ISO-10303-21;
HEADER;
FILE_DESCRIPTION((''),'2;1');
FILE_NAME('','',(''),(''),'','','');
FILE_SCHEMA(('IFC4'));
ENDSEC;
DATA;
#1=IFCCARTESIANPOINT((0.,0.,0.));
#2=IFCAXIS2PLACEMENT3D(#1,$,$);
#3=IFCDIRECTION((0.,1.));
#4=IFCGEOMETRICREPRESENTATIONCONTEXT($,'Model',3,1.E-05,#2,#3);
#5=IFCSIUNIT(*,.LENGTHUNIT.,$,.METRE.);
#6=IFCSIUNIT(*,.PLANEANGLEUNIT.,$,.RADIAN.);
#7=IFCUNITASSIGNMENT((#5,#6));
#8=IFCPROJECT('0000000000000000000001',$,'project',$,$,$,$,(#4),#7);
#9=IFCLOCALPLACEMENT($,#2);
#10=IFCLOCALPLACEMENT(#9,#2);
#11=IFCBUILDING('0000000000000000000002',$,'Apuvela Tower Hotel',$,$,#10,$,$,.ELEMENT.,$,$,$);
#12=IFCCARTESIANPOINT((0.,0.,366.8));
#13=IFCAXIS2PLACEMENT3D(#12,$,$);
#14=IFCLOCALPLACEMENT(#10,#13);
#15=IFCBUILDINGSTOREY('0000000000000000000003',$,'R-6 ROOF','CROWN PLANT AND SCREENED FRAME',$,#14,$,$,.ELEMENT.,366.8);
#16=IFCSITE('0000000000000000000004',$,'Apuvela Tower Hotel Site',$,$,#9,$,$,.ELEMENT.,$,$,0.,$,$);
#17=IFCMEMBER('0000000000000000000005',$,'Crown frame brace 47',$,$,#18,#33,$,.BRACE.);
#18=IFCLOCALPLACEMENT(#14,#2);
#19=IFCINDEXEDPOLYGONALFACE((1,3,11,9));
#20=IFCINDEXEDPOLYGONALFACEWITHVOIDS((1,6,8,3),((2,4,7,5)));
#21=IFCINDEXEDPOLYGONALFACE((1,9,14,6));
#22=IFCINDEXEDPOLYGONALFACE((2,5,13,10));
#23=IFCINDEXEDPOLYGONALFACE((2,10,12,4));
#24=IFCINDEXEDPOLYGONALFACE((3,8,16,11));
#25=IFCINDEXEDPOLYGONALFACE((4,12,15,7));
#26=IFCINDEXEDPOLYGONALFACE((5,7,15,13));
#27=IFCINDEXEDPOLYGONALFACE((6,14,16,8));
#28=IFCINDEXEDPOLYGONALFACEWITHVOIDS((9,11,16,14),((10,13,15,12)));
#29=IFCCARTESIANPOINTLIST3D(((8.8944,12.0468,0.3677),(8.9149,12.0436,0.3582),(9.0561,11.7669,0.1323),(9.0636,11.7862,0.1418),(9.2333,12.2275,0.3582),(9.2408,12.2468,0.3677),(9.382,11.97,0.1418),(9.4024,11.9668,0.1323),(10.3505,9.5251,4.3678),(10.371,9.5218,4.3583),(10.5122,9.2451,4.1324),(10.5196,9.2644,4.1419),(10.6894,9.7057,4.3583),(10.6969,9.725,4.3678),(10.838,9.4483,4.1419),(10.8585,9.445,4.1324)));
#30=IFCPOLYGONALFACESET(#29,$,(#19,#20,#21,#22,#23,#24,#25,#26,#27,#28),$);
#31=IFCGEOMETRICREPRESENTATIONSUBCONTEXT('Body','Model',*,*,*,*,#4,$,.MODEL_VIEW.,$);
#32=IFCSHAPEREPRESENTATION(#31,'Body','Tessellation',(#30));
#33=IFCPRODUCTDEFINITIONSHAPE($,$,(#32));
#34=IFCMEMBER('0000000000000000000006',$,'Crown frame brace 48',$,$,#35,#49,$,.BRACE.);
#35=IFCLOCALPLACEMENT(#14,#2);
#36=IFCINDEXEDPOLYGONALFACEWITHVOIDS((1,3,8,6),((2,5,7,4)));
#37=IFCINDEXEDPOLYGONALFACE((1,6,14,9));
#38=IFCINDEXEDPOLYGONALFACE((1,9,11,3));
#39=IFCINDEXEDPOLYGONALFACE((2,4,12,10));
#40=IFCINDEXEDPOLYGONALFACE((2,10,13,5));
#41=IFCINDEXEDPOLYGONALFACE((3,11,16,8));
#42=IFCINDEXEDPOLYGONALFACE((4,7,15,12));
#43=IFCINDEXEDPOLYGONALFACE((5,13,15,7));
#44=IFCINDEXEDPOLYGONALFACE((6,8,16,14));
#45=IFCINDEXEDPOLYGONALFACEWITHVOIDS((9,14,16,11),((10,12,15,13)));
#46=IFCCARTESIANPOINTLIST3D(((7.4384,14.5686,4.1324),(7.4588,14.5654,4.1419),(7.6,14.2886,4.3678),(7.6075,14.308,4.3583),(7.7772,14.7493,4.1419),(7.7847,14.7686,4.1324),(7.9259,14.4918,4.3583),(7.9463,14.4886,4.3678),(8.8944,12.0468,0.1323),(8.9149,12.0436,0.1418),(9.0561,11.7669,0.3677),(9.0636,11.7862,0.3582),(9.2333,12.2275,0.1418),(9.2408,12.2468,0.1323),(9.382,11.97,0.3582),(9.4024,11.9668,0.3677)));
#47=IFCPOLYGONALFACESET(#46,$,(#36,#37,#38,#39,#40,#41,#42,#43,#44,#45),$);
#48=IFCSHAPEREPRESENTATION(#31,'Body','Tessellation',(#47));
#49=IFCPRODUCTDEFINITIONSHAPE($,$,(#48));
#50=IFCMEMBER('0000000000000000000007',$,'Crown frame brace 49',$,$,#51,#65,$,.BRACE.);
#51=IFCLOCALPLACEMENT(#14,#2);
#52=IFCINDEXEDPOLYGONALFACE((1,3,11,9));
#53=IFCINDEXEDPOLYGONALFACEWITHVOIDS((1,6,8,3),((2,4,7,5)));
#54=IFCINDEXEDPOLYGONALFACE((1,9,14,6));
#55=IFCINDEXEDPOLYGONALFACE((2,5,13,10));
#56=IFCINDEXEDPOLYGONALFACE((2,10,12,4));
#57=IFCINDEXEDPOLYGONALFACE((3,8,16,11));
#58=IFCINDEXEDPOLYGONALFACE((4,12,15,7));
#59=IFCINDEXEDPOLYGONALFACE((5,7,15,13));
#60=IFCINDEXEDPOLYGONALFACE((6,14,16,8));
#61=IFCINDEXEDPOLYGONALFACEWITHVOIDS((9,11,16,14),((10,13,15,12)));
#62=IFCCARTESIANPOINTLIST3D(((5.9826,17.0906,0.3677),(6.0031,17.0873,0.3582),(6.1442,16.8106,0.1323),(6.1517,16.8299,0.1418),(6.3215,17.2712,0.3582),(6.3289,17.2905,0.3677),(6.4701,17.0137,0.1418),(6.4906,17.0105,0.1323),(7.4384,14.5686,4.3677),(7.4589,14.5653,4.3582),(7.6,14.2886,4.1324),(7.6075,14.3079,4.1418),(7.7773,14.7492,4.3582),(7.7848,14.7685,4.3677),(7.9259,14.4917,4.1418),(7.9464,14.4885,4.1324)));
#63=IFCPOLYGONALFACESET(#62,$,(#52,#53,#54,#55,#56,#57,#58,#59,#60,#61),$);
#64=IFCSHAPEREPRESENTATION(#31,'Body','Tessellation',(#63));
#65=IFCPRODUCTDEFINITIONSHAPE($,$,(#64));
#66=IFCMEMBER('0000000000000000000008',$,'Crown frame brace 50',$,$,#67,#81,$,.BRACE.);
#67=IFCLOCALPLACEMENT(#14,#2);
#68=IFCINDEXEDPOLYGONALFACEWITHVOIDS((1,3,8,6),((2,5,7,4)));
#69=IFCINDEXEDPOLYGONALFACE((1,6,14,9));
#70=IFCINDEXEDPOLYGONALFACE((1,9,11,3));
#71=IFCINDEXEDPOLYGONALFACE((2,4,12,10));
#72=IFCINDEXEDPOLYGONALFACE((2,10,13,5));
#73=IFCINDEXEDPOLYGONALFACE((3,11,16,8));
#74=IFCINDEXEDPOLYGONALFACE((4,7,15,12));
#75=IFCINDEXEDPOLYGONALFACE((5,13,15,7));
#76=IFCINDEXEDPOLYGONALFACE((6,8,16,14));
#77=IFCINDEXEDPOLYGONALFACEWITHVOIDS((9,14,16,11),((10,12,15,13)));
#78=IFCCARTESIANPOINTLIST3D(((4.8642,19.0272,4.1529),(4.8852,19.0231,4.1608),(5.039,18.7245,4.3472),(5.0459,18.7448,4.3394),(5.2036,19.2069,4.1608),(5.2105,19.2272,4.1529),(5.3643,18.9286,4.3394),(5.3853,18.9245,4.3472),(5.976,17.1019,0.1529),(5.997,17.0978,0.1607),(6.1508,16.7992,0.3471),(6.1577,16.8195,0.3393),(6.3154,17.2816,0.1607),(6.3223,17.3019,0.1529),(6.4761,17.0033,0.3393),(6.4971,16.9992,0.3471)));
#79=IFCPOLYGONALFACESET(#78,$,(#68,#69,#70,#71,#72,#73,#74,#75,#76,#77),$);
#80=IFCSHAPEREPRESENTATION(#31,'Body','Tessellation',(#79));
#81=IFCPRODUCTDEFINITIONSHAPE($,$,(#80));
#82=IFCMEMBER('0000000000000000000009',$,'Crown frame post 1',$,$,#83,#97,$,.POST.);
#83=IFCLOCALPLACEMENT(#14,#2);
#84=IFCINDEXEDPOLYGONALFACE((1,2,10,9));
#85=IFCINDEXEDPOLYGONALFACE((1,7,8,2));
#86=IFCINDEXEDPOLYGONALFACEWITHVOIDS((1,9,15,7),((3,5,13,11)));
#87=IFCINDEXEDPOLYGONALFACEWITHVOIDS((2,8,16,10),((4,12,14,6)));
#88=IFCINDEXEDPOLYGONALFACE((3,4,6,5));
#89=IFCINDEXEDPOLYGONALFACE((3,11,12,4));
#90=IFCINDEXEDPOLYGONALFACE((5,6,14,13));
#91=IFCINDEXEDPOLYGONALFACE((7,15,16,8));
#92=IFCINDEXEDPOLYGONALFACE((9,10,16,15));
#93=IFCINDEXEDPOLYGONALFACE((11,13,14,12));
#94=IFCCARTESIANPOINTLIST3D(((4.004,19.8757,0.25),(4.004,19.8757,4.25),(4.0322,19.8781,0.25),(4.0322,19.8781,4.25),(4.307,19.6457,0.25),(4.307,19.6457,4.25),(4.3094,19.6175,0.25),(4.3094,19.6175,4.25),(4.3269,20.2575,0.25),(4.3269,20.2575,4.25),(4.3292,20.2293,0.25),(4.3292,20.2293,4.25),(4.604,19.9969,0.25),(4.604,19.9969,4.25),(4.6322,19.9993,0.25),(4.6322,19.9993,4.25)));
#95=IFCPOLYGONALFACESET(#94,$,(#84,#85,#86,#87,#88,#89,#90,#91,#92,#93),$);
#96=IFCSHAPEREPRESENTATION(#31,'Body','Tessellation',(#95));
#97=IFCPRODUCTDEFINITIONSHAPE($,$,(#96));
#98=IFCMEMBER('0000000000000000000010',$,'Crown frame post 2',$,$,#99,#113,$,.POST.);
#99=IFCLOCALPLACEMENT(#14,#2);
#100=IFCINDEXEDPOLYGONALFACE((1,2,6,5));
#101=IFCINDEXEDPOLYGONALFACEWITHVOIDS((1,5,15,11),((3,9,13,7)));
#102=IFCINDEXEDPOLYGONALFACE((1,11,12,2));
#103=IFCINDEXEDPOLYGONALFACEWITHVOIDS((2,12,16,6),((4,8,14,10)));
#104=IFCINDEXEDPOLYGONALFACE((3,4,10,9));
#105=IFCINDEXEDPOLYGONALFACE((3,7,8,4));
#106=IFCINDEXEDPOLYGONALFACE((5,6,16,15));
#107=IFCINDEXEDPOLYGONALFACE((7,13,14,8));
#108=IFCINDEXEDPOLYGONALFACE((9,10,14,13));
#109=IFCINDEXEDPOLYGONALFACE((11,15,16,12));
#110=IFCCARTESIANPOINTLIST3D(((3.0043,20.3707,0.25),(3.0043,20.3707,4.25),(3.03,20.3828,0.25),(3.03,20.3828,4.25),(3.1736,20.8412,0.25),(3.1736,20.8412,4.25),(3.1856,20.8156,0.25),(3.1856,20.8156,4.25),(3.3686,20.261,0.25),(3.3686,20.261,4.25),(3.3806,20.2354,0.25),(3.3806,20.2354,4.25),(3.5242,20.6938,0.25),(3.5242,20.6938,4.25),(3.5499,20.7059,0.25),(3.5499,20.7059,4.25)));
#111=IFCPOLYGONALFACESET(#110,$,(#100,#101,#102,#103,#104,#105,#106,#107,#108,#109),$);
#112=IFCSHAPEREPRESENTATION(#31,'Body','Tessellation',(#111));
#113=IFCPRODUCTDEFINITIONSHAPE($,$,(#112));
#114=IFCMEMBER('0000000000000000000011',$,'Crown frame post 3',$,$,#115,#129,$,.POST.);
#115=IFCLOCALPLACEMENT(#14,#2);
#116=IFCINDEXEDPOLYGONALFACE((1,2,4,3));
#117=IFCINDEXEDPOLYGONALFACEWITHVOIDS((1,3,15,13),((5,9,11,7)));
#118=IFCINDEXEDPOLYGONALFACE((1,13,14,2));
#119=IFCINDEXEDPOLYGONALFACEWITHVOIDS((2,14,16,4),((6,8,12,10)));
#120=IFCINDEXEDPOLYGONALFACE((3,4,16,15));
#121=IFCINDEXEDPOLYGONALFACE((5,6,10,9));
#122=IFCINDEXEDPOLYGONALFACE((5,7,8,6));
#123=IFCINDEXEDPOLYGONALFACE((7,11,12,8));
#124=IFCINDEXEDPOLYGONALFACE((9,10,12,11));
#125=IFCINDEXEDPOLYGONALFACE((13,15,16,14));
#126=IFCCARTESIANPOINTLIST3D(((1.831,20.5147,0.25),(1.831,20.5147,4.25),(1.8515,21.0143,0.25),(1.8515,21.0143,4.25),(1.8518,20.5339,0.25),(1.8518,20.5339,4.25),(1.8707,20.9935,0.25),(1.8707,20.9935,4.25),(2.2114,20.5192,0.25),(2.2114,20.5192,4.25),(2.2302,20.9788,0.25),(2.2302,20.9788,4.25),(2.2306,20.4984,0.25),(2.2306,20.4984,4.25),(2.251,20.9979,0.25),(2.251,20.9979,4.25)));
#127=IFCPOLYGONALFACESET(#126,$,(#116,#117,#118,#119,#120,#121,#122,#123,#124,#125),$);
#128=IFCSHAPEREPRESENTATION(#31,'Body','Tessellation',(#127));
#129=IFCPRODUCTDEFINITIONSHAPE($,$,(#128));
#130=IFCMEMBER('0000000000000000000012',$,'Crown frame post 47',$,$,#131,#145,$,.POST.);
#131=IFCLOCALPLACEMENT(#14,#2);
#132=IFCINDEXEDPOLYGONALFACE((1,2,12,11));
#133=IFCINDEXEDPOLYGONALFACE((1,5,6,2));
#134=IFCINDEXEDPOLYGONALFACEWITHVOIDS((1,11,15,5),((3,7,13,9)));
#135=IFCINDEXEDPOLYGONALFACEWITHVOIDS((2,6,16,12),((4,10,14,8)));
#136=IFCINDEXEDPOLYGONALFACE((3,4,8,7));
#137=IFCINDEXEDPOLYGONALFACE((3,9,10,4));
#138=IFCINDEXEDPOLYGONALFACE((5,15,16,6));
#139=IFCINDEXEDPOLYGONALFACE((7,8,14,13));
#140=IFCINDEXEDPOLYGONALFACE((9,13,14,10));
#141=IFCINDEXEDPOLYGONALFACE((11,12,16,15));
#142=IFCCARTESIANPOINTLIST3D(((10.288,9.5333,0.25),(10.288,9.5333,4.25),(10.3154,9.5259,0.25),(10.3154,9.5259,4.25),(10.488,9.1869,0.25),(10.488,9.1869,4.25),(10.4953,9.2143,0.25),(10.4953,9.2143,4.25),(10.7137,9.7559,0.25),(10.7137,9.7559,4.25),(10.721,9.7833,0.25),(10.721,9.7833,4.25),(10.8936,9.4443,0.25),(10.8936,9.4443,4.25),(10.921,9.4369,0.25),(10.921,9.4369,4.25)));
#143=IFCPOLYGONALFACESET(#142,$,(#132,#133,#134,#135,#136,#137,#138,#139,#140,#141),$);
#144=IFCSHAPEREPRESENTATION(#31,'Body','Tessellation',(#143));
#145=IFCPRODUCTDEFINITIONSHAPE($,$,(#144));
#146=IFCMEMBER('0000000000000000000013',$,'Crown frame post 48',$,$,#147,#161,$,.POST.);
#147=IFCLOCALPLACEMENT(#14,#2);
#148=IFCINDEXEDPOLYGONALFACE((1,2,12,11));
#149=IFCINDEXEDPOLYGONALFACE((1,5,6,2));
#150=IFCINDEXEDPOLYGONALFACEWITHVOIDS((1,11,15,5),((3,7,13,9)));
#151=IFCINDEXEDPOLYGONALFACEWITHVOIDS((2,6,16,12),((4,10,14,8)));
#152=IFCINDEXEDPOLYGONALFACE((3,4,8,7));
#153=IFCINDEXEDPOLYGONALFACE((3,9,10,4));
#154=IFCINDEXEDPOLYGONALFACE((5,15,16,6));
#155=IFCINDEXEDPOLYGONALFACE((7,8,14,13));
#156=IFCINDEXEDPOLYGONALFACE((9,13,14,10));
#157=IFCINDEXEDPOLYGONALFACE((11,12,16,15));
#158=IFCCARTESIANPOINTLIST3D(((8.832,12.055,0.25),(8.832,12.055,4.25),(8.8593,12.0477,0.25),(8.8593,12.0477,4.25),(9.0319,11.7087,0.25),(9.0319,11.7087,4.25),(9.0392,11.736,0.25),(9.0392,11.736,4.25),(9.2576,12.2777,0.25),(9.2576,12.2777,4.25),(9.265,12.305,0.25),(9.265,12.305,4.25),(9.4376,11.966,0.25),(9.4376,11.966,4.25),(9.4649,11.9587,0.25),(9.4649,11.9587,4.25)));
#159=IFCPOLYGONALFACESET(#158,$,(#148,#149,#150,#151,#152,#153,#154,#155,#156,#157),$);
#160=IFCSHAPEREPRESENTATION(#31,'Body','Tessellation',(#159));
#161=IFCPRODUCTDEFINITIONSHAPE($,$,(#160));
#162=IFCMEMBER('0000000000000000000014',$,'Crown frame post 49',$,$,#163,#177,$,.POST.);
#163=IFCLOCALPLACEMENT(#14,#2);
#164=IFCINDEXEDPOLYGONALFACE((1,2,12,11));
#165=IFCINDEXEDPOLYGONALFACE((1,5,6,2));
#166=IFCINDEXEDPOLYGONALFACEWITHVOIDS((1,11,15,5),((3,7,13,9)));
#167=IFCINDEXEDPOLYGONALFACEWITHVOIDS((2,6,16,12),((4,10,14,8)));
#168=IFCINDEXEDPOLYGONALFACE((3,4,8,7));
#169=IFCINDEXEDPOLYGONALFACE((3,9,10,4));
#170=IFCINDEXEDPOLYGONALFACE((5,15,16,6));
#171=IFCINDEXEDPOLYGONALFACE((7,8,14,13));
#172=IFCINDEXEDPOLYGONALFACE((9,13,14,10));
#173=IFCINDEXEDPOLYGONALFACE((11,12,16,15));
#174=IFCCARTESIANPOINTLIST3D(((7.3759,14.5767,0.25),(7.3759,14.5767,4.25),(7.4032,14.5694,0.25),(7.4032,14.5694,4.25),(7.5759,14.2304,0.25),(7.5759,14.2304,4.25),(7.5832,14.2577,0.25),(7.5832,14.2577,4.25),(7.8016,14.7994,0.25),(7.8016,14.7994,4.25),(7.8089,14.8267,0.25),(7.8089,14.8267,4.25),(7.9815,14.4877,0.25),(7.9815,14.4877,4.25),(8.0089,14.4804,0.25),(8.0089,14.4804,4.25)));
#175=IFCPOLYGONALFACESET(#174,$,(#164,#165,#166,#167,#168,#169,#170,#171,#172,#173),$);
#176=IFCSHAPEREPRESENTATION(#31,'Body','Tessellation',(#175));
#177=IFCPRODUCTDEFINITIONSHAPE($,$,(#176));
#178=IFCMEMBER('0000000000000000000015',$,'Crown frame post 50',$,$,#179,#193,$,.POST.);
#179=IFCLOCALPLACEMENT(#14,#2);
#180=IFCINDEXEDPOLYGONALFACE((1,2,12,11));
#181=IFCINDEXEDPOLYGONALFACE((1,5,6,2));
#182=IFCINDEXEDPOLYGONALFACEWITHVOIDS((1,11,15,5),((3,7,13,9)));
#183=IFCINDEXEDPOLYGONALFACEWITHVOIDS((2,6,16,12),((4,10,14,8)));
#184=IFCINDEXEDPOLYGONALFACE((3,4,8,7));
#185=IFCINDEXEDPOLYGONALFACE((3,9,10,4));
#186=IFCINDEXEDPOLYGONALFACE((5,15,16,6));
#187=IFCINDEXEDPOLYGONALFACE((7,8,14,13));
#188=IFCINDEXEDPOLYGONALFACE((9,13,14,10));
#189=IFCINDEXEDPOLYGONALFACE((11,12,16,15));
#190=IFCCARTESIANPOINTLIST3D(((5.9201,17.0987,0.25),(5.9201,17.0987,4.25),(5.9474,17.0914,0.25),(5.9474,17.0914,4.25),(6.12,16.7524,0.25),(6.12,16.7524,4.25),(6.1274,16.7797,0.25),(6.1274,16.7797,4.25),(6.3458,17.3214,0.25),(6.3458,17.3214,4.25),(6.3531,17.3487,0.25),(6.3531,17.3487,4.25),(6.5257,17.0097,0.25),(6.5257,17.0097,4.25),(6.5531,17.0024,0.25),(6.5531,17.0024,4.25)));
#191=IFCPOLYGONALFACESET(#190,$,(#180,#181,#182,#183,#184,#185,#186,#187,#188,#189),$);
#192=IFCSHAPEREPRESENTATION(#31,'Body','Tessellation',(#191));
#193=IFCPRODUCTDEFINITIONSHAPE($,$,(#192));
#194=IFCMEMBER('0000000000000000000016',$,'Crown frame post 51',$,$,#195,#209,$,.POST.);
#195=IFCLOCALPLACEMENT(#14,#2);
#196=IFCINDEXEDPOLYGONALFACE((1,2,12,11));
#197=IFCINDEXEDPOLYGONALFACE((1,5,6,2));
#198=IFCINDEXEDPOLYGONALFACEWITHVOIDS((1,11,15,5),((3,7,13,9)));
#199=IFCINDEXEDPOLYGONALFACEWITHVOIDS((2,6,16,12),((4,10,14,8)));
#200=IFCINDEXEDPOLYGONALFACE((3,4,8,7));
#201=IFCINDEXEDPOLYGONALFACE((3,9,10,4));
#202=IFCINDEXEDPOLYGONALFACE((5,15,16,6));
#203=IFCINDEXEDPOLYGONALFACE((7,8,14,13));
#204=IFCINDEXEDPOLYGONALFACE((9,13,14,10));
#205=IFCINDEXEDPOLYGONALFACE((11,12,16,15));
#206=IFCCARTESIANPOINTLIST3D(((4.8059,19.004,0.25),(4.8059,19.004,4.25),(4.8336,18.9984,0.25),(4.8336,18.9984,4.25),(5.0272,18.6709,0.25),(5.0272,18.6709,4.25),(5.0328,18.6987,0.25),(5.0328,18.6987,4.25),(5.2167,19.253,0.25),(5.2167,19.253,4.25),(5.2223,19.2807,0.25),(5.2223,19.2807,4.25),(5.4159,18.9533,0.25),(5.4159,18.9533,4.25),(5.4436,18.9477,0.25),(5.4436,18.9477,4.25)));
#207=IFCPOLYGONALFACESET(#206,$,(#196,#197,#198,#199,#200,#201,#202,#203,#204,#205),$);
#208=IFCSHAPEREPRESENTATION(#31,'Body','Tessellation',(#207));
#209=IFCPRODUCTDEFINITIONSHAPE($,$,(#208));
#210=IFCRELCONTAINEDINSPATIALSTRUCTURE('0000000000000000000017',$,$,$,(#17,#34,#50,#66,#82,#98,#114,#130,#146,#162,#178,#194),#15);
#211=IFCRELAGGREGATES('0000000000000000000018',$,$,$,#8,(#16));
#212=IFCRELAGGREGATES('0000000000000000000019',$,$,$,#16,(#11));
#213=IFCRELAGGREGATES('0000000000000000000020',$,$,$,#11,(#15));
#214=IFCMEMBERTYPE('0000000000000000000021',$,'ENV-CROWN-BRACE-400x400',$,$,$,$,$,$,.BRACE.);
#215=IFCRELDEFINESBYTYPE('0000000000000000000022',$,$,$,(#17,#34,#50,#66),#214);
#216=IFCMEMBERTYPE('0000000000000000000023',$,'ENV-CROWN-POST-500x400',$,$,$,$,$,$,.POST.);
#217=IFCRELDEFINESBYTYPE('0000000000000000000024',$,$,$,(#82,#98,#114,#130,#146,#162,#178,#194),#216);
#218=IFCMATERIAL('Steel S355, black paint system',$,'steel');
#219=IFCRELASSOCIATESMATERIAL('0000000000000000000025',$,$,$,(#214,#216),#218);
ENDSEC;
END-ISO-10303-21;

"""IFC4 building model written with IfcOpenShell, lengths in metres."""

from ifc_helpers import new_model, si_unit, direction, frame, origin, origin_2d, place, context, subcontext, project, spatial, hollow_rectangle, extrude, material, material_profile, profile_set, type_object, element, save


model = new_model("IFC4")

# Units and contexts
model_context = context("Model", 3, precision=1e-05, world=origin(), true_north=direction((0.0, 1.0)))
body_context = subcontext(model_context, "Body", "Model", "MODEL_VIEW")
ifc_project = project(units=[si_unit("LENGTHUNIT", "METRE"), si_unit("PLANEANGLEUNIT", "RADIAN")], contexts=[model_context])

# Site, building, storey
site_placement = place(None, origin())
site = spatial("IfcSite", under=ifc_project, at=site_placement, Name="Apuvela Tower Hotel Site", CompositionType="ELEMENT", RefElevation=0.0)
building_placement = place(site_placement, origin())
building = spatial("IfcBuilding", under=site, at=building_placement, Name="Apuvela Tower Hotel", CompositionType="ELEMENT")
storey_placement = place(building_placement, frame((0.0, 0.0, 366.8)))
storey = spatial("IfcBuildingStorey", under=building, at=storey_placement, Name="R-6 ROOF", Description="CROWN PLANT AND SCREENED FRAME", CompositionType="ELEMENT", Elevation=366.8)

# Members
ifc_material_1 = material(Name="Steel S355, black paint system", Category="steel")
ifc_material_profile_1 = material_profile(ifc_material_1, hollow_rectangle(XDim=0.3999, YDim=0.3999, WallThickness=0.0161, at=origin_2d()), Name="HSS 400x400x16")
ifc_profile_set_1 = profile_set([ifc_material_profile_1], Name="Steel S355, black paint system")
member_type_1 = type_object("IfcMemberType", Name="ENV-CROWN-BRACE-400x400", PredefinedType="BRACE", material=ifc_profile_set_1)
for number, where, z_axis, x_axis, name in (
    (1, (9.1484, 12.0068, 0.25), (0.294292, -0.509682, 0.808465), (0.866005, 0.500035, 0.0), "Crown frame brace 47"),
    (2, (9.1484, 12.0068, 0.25), (-0.294292, 0.509682, 0.808465), (-0.866005, -0.500035, 0.0), "Crown frame brace 48"),
    (3, (6.2366, 17.0505, 0.25), (0.29424, -0.509726, 0.808457), (0.866063, 0.499935, 0.0), "Crown frame brace 49"),
):
    element("IfcMember", number, at=place(storey_placement, frame(where, z_axis=z_axis, x_axis=x_axis)), inside=storey, type_object=member_type_1, Name=name, PredefinedType="BRACE", context=body_context, shape_type="SweptSolid", body=[
        extrude(hollow_rectangle(XDim=0.3999, YDim=0.3999, WallThickness=0.0161, at=origin_2d()), origin(), (0.0, 0.0, 1.0), 4.9478),
    ])
member_1_placement = place(storey_placement, frame((6.2366, 17.0505, 0.25), z_axis=(-0.242949, 0.420706, 0.874061), x_axis=(-0.865977, -0.500084, 0.0)))
element("IfcMember", 4, at=member_1_placement, inside=storey, type_object=member_type_1, Name="Crown frame brace 50", PredefinedType="BRACE", context=body_context, shape_type="SweptSolid", body=[
    extrude(hollow_rectangle(XDim=0.3999, YDim=0.3999, WallThickness=0.0161, at=origin_2d()), origin(), (0.0, 0.0, 1.0), 4.5764),
])
ifc_material_profile_2 = material_profile(ifc_material_1, hollow_rectangle(XDim=0.3999, YDim=0.5, WallThickness=0.02, at=origin_2d()), Name="HSS 500x400x20")
ifc_profile_set_2 = profile_set([ifc_material_profile_2], Name="Steel S355, black paint system")
member_type_2 = type_object("IfcMemberType", Name="ENV-CROWN-POST-500x400", PredefinedType="POST", material=ifc_profile_set_2)
for number, where, z_axis, x_axis, name in (
    (5, (4.3181, 19.9375, 0.25), (0.0, 0.0, 1.0), (-0.76358, 0.645714, 0.0), "Crown frame post 1"),
    (6, (3.2771, 20.5383, 0.25), (0.0, 0.0, 1.0), (-0.940994, 0.338423, 0.0), "Crown frame post 2"),
    (7, (2.041, 20.7563, 0.25), (0.0, 0.0, 1.0), (-0.999161, 0.040951, 0.0), "Crown frame post 3"),
    (8, (10.6045, 9.4851, 0.25), (0.0, 0.0, 1.0), (-0.5, 0.866025, 0.0), "Crown frame post 47"),
    (9, (9.1484, 12.0068, 0.25), (0.0, 0.0, 1.0), (-0.5, 0.866025, 0.0), "Crown frame post 48"),
    (10, (7.6924, 14.5286, 0.25), (0.0, 0.0, 1.0), (-0.5, 0.866025, 0.0), "Crown frame post 49"),
    (11, (6.2366, 17.0505, 0.25), (0.0, 0.0, 1.0), (-0.5, 0.866025, 0.0), "Crown frame post 50"),
    (12, (5.1248, 18.9758, 0.25), (0.0, 0.0, 1.0), (-0.553467, 0.832871, 0.0), "Crown frame post 51"),
):
    element("IfcMember", number, at=place(storey_placement, frame(where, z_axis=z_axis, x_axis=x_axis)), inside=storey, type_object=member_type_2, Name=name, PredefinedType="POST", context=body_context, shape_type="SweptSolid", body=[
        extrude(hollow_rectangle(XDim=0.3999, YDim=0.5, WallThickness=0.02, at=origin_2d()), origin(), (0.0, 0.0, 1.0), 4.0),
    ])

save(model, "model.ifc")
